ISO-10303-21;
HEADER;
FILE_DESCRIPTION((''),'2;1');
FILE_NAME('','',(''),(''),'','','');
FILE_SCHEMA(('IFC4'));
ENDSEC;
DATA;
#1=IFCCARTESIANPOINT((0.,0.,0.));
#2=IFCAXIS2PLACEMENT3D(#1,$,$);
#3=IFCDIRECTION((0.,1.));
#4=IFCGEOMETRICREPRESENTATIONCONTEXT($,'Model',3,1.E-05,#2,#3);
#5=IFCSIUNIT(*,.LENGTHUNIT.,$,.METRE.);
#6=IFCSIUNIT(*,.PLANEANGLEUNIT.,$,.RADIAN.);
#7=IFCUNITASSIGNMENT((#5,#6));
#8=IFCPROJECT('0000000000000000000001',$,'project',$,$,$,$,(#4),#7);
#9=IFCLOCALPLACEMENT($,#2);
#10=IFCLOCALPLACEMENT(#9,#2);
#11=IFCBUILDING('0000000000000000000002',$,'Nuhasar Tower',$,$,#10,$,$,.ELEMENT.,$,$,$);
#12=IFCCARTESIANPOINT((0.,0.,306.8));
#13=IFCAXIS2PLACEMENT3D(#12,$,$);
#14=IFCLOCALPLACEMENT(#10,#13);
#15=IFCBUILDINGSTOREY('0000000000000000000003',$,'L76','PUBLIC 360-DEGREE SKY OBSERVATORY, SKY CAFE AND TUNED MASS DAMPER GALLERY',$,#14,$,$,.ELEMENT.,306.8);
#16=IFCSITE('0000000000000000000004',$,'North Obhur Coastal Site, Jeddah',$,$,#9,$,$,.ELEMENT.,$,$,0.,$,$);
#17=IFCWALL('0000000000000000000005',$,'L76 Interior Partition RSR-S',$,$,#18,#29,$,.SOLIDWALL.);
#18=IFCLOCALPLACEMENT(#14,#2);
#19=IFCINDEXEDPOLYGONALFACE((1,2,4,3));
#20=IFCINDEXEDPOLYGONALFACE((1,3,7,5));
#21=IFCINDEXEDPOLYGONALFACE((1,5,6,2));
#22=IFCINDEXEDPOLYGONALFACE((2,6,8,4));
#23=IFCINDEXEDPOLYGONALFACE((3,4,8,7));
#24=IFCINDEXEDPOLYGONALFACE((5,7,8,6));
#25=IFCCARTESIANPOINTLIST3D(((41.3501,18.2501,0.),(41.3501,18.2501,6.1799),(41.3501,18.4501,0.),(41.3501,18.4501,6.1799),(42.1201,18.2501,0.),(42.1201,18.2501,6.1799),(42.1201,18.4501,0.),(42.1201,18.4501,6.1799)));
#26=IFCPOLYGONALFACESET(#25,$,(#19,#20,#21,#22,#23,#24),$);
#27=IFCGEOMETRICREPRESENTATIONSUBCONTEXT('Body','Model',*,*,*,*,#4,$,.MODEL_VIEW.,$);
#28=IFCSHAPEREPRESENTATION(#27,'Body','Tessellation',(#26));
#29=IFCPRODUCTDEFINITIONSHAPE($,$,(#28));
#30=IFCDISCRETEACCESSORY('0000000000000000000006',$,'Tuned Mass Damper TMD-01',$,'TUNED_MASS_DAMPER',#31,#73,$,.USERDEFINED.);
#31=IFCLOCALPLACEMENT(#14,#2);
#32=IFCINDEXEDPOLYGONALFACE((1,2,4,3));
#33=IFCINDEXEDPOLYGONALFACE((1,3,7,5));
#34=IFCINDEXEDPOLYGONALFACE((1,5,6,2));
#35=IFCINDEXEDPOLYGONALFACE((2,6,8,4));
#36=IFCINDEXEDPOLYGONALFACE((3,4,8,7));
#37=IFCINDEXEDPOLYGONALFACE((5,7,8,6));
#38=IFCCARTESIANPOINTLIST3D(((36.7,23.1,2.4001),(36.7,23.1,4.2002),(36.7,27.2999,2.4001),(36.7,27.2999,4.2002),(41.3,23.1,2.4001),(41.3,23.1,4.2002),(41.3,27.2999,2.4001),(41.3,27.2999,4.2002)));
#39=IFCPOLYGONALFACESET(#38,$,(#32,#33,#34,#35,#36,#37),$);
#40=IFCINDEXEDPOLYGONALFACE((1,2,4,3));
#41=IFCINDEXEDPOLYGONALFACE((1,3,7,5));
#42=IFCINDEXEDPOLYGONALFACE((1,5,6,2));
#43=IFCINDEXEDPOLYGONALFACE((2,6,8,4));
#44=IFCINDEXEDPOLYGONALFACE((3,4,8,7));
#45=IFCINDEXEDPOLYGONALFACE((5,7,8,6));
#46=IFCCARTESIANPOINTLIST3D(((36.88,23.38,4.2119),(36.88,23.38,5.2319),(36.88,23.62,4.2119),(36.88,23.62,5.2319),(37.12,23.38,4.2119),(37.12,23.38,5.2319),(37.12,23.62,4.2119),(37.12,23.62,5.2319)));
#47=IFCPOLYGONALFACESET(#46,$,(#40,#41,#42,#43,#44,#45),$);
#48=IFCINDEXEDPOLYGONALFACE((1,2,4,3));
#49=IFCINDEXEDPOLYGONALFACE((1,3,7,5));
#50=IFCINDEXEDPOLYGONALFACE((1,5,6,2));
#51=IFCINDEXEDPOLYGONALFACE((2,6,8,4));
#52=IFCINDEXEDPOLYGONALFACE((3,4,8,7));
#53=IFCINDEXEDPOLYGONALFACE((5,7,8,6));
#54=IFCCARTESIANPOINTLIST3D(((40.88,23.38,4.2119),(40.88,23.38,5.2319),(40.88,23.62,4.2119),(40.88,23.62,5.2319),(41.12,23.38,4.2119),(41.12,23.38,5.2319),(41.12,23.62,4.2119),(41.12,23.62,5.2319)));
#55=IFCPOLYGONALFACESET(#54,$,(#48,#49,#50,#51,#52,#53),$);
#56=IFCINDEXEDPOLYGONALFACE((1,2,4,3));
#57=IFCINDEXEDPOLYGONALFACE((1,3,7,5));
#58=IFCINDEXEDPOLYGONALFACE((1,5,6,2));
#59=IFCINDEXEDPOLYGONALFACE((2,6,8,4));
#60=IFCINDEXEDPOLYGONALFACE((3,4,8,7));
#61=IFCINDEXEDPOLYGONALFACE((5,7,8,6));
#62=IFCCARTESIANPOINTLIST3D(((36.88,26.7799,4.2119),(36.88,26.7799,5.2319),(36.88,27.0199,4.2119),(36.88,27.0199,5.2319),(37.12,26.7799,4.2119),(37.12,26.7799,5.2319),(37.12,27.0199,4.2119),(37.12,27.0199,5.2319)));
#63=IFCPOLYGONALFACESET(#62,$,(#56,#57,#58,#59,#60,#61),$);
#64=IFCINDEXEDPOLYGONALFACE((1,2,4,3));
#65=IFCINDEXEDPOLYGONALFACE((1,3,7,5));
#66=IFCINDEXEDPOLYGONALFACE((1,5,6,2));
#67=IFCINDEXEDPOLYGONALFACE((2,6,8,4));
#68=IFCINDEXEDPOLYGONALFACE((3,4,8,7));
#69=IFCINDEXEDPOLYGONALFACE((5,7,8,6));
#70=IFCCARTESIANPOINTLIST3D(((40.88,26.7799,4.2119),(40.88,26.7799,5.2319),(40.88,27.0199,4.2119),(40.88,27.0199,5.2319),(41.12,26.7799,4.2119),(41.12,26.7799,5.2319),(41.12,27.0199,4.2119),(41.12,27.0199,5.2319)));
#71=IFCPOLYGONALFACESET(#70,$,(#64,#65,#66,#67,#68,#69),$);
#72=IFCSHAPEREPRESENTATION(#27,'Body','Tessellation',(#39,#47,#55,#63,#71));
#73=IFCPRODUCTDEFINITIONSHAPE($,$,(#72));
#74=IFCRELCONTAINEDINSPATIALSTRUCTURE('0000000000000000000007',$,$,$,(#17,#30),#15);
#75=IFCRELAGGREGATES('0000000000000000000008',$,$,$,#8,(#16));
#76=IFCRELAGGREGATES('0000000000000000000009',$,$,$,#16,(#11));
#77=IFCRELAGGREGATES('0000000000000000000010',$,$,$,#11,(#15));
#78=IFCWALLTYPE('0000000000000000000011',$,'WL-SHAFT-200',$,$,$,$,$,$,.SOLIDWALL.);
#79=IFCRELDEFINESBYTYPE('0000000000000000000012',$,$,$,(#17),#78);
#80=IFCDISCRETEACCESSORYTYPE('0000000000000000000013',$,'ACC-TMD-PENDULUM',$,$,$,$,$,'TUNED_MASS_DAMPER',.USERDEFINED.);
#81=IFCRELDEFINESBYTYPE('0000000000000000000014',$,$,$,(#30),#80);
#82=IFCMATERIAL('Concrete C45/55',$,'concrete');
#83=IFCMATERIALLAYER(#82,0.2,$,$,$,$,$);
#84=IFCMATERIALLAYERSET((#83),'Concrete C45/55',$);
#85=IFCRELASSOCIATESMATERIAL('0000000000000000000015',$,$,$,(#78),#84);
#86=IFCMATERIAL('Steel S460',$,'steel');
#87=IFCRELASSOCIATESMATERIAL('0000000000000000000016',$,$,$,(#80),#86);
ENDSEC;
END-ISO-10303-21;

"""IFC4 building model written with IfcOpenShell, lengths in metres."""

from ifc_helpers import new_model, si_unit, direction, frame, frame_2d, origin, origin_2d, place, context, subcontext, project, spatial, rectangle, extrude, material, layer, layer_set, type_object, element, save


model = new_model("IFC4")

# Units and contexts
model_context = context("Model", 3, precision=1e-05, world=origin(), true_north=direction((0.0, 1.0)))
body_context = subcontext(model_context, "Body", "Model", "MODEL_VIEW")
ifc_project = project(units=[si_unit("LENGTHUNIT", "METRE"), si_unit("PLANEANGLEUNIT", "RADIAN")], contexts=[model_context])

# Site, building, storey
site_placement = place(None, origin())
site = spatial("IfcSite", under=ifc_project, at=site_placement, Name="North Obhur Coastal Site, Jeddah", CompositionType="ELEMENT", RefElevation=0.0)
building_placement = place(site_placement, origin())
building = spatial("IfcBuilding", under=site, at=building_placement, Name="Nuhasar Tower", CompositionType="ELEMENT")
storey_placement = place(building_placement, frame((0.0, 0.0, 306.8)))
storey = spatial("IfcBuildingStorey", under=building, at=storey_placement, Name="L76", Description="PUBLIC 360-DEGREE SKY OBSERVATORY, SKY CAFE AND TUNED MASS DAMPER GALLERY", CompositionType="ELEMENT", Elevation=306.8)

# Shared definitions
ifc_material_1 = material(Name="Steel S460", Category="steel")

# Shared definitions
ifc_material_2 = material(Name="Concrete C45/55", Category="concrete")

# Shared definitions
ifc_layer_1 = layer(ifc_material_2, 0.2)
ifc_layer_set_1 = layer_set([ifc_layer_1], Name="Concrete C45/55")
wall_type_1 = type_object("IfcWallType", Name="WL-SHAFT-200", PredefinedType="SOLIDWALL", material=ifc_layer_set_1)

# Wall
wall_1_placement = place(storey_placement, frame((41.3501, 18.3501, 0.0), z_axis=(0.0, 0.0, 1.0), x_axis=(1.0, 0.0, 0.0)))
element("IfcWall", 1, at=wall_1_placement, inside=storey, type_object=wall_type_1, Name="L76 Interior Partition RSR-S", PredefinedType="SOLIDWALL", context=body_context, shape_type="SweptSolid", body=[
    extrude(rectangle(XDim=0.77, YDim=0.2, at=frame_2d((0.385, 0.0))), origin(), (0.0, 0.0, 1.0), 6.1799),
])

# Discrete accessory
discrete_accessory_type = type_object("IfcDiscreteAccessoryType", Name="ACC-TMD-PENDULUM", ElementType="TUNED_MASS_DAMPER", PredefinedType="USERDEFINED", material=ifc_material_1)
discrete_accessory_placement = place(storey_placement, frame((39.0, 25.2, 3.3)))
element("IfcDiscreteAccessory", 2, at=discrete_accessory_placement, inside=storey, type_object=discrete_accessory_type, Name="Tuned Mass Damper TMD-01", ObjectType="TUNED_MASS_DAMPER", PredefinedType="USERDEFINED", context=body_context, shape_type="SweptSolid", body=[
    extrude(rectangle(XDim=4.6001, YDim=4.2, at=origin_2d()), frame((0.0, 0.0, -0.8999), z_axis=(0.0, 0.0, 1.0), x_axis=(1.0, 0.0, 0.0)), (0.0, 0.0, 1.0), 1.8),
    extrude(rectangle(XDim=0.24, YDim=0.24, at=origin_2d()), frame((-2.0, -1.7, 0.9119), z_axis=(0.0, 0.0, 1.0), x_axis=(1.0, 0.0, 0.0)), (0.0, 0.0, 1.0), 1.02),
    extrude(rectangle(XDim=0.24, YDim=0.24, at=origin_2d()), frame((2.0, -1.7, 0.9119), z_axis=(0.0, 0.0, 1.0), x_axis=(1.0, 0.0, 0.0)), (0.0, 0.0, 1.0), 1.02),
    extrude(rectangle(XDim=0.24, YDim=0.24, at=origin_2d()), frame((-2.0, 1.7, 0.9119), z_axis=(0.0, 0.0, 1.0), x_axis=(1.0, 0.0, 0.0)), (0.0, 0.0, 1.0), 1.02),
    extrude(rectangle(XDim=0.24, YDim=0.24, at=origin_2d()), frame((2.0, 1.7, 0.9119), z_axis=(0.0, 0.0, 1.0), x_axis=(1.0, 0.0, 0.0)), (0.0, 0.0, 1.0), 1.02),
])

save(model, "model.ifc")
